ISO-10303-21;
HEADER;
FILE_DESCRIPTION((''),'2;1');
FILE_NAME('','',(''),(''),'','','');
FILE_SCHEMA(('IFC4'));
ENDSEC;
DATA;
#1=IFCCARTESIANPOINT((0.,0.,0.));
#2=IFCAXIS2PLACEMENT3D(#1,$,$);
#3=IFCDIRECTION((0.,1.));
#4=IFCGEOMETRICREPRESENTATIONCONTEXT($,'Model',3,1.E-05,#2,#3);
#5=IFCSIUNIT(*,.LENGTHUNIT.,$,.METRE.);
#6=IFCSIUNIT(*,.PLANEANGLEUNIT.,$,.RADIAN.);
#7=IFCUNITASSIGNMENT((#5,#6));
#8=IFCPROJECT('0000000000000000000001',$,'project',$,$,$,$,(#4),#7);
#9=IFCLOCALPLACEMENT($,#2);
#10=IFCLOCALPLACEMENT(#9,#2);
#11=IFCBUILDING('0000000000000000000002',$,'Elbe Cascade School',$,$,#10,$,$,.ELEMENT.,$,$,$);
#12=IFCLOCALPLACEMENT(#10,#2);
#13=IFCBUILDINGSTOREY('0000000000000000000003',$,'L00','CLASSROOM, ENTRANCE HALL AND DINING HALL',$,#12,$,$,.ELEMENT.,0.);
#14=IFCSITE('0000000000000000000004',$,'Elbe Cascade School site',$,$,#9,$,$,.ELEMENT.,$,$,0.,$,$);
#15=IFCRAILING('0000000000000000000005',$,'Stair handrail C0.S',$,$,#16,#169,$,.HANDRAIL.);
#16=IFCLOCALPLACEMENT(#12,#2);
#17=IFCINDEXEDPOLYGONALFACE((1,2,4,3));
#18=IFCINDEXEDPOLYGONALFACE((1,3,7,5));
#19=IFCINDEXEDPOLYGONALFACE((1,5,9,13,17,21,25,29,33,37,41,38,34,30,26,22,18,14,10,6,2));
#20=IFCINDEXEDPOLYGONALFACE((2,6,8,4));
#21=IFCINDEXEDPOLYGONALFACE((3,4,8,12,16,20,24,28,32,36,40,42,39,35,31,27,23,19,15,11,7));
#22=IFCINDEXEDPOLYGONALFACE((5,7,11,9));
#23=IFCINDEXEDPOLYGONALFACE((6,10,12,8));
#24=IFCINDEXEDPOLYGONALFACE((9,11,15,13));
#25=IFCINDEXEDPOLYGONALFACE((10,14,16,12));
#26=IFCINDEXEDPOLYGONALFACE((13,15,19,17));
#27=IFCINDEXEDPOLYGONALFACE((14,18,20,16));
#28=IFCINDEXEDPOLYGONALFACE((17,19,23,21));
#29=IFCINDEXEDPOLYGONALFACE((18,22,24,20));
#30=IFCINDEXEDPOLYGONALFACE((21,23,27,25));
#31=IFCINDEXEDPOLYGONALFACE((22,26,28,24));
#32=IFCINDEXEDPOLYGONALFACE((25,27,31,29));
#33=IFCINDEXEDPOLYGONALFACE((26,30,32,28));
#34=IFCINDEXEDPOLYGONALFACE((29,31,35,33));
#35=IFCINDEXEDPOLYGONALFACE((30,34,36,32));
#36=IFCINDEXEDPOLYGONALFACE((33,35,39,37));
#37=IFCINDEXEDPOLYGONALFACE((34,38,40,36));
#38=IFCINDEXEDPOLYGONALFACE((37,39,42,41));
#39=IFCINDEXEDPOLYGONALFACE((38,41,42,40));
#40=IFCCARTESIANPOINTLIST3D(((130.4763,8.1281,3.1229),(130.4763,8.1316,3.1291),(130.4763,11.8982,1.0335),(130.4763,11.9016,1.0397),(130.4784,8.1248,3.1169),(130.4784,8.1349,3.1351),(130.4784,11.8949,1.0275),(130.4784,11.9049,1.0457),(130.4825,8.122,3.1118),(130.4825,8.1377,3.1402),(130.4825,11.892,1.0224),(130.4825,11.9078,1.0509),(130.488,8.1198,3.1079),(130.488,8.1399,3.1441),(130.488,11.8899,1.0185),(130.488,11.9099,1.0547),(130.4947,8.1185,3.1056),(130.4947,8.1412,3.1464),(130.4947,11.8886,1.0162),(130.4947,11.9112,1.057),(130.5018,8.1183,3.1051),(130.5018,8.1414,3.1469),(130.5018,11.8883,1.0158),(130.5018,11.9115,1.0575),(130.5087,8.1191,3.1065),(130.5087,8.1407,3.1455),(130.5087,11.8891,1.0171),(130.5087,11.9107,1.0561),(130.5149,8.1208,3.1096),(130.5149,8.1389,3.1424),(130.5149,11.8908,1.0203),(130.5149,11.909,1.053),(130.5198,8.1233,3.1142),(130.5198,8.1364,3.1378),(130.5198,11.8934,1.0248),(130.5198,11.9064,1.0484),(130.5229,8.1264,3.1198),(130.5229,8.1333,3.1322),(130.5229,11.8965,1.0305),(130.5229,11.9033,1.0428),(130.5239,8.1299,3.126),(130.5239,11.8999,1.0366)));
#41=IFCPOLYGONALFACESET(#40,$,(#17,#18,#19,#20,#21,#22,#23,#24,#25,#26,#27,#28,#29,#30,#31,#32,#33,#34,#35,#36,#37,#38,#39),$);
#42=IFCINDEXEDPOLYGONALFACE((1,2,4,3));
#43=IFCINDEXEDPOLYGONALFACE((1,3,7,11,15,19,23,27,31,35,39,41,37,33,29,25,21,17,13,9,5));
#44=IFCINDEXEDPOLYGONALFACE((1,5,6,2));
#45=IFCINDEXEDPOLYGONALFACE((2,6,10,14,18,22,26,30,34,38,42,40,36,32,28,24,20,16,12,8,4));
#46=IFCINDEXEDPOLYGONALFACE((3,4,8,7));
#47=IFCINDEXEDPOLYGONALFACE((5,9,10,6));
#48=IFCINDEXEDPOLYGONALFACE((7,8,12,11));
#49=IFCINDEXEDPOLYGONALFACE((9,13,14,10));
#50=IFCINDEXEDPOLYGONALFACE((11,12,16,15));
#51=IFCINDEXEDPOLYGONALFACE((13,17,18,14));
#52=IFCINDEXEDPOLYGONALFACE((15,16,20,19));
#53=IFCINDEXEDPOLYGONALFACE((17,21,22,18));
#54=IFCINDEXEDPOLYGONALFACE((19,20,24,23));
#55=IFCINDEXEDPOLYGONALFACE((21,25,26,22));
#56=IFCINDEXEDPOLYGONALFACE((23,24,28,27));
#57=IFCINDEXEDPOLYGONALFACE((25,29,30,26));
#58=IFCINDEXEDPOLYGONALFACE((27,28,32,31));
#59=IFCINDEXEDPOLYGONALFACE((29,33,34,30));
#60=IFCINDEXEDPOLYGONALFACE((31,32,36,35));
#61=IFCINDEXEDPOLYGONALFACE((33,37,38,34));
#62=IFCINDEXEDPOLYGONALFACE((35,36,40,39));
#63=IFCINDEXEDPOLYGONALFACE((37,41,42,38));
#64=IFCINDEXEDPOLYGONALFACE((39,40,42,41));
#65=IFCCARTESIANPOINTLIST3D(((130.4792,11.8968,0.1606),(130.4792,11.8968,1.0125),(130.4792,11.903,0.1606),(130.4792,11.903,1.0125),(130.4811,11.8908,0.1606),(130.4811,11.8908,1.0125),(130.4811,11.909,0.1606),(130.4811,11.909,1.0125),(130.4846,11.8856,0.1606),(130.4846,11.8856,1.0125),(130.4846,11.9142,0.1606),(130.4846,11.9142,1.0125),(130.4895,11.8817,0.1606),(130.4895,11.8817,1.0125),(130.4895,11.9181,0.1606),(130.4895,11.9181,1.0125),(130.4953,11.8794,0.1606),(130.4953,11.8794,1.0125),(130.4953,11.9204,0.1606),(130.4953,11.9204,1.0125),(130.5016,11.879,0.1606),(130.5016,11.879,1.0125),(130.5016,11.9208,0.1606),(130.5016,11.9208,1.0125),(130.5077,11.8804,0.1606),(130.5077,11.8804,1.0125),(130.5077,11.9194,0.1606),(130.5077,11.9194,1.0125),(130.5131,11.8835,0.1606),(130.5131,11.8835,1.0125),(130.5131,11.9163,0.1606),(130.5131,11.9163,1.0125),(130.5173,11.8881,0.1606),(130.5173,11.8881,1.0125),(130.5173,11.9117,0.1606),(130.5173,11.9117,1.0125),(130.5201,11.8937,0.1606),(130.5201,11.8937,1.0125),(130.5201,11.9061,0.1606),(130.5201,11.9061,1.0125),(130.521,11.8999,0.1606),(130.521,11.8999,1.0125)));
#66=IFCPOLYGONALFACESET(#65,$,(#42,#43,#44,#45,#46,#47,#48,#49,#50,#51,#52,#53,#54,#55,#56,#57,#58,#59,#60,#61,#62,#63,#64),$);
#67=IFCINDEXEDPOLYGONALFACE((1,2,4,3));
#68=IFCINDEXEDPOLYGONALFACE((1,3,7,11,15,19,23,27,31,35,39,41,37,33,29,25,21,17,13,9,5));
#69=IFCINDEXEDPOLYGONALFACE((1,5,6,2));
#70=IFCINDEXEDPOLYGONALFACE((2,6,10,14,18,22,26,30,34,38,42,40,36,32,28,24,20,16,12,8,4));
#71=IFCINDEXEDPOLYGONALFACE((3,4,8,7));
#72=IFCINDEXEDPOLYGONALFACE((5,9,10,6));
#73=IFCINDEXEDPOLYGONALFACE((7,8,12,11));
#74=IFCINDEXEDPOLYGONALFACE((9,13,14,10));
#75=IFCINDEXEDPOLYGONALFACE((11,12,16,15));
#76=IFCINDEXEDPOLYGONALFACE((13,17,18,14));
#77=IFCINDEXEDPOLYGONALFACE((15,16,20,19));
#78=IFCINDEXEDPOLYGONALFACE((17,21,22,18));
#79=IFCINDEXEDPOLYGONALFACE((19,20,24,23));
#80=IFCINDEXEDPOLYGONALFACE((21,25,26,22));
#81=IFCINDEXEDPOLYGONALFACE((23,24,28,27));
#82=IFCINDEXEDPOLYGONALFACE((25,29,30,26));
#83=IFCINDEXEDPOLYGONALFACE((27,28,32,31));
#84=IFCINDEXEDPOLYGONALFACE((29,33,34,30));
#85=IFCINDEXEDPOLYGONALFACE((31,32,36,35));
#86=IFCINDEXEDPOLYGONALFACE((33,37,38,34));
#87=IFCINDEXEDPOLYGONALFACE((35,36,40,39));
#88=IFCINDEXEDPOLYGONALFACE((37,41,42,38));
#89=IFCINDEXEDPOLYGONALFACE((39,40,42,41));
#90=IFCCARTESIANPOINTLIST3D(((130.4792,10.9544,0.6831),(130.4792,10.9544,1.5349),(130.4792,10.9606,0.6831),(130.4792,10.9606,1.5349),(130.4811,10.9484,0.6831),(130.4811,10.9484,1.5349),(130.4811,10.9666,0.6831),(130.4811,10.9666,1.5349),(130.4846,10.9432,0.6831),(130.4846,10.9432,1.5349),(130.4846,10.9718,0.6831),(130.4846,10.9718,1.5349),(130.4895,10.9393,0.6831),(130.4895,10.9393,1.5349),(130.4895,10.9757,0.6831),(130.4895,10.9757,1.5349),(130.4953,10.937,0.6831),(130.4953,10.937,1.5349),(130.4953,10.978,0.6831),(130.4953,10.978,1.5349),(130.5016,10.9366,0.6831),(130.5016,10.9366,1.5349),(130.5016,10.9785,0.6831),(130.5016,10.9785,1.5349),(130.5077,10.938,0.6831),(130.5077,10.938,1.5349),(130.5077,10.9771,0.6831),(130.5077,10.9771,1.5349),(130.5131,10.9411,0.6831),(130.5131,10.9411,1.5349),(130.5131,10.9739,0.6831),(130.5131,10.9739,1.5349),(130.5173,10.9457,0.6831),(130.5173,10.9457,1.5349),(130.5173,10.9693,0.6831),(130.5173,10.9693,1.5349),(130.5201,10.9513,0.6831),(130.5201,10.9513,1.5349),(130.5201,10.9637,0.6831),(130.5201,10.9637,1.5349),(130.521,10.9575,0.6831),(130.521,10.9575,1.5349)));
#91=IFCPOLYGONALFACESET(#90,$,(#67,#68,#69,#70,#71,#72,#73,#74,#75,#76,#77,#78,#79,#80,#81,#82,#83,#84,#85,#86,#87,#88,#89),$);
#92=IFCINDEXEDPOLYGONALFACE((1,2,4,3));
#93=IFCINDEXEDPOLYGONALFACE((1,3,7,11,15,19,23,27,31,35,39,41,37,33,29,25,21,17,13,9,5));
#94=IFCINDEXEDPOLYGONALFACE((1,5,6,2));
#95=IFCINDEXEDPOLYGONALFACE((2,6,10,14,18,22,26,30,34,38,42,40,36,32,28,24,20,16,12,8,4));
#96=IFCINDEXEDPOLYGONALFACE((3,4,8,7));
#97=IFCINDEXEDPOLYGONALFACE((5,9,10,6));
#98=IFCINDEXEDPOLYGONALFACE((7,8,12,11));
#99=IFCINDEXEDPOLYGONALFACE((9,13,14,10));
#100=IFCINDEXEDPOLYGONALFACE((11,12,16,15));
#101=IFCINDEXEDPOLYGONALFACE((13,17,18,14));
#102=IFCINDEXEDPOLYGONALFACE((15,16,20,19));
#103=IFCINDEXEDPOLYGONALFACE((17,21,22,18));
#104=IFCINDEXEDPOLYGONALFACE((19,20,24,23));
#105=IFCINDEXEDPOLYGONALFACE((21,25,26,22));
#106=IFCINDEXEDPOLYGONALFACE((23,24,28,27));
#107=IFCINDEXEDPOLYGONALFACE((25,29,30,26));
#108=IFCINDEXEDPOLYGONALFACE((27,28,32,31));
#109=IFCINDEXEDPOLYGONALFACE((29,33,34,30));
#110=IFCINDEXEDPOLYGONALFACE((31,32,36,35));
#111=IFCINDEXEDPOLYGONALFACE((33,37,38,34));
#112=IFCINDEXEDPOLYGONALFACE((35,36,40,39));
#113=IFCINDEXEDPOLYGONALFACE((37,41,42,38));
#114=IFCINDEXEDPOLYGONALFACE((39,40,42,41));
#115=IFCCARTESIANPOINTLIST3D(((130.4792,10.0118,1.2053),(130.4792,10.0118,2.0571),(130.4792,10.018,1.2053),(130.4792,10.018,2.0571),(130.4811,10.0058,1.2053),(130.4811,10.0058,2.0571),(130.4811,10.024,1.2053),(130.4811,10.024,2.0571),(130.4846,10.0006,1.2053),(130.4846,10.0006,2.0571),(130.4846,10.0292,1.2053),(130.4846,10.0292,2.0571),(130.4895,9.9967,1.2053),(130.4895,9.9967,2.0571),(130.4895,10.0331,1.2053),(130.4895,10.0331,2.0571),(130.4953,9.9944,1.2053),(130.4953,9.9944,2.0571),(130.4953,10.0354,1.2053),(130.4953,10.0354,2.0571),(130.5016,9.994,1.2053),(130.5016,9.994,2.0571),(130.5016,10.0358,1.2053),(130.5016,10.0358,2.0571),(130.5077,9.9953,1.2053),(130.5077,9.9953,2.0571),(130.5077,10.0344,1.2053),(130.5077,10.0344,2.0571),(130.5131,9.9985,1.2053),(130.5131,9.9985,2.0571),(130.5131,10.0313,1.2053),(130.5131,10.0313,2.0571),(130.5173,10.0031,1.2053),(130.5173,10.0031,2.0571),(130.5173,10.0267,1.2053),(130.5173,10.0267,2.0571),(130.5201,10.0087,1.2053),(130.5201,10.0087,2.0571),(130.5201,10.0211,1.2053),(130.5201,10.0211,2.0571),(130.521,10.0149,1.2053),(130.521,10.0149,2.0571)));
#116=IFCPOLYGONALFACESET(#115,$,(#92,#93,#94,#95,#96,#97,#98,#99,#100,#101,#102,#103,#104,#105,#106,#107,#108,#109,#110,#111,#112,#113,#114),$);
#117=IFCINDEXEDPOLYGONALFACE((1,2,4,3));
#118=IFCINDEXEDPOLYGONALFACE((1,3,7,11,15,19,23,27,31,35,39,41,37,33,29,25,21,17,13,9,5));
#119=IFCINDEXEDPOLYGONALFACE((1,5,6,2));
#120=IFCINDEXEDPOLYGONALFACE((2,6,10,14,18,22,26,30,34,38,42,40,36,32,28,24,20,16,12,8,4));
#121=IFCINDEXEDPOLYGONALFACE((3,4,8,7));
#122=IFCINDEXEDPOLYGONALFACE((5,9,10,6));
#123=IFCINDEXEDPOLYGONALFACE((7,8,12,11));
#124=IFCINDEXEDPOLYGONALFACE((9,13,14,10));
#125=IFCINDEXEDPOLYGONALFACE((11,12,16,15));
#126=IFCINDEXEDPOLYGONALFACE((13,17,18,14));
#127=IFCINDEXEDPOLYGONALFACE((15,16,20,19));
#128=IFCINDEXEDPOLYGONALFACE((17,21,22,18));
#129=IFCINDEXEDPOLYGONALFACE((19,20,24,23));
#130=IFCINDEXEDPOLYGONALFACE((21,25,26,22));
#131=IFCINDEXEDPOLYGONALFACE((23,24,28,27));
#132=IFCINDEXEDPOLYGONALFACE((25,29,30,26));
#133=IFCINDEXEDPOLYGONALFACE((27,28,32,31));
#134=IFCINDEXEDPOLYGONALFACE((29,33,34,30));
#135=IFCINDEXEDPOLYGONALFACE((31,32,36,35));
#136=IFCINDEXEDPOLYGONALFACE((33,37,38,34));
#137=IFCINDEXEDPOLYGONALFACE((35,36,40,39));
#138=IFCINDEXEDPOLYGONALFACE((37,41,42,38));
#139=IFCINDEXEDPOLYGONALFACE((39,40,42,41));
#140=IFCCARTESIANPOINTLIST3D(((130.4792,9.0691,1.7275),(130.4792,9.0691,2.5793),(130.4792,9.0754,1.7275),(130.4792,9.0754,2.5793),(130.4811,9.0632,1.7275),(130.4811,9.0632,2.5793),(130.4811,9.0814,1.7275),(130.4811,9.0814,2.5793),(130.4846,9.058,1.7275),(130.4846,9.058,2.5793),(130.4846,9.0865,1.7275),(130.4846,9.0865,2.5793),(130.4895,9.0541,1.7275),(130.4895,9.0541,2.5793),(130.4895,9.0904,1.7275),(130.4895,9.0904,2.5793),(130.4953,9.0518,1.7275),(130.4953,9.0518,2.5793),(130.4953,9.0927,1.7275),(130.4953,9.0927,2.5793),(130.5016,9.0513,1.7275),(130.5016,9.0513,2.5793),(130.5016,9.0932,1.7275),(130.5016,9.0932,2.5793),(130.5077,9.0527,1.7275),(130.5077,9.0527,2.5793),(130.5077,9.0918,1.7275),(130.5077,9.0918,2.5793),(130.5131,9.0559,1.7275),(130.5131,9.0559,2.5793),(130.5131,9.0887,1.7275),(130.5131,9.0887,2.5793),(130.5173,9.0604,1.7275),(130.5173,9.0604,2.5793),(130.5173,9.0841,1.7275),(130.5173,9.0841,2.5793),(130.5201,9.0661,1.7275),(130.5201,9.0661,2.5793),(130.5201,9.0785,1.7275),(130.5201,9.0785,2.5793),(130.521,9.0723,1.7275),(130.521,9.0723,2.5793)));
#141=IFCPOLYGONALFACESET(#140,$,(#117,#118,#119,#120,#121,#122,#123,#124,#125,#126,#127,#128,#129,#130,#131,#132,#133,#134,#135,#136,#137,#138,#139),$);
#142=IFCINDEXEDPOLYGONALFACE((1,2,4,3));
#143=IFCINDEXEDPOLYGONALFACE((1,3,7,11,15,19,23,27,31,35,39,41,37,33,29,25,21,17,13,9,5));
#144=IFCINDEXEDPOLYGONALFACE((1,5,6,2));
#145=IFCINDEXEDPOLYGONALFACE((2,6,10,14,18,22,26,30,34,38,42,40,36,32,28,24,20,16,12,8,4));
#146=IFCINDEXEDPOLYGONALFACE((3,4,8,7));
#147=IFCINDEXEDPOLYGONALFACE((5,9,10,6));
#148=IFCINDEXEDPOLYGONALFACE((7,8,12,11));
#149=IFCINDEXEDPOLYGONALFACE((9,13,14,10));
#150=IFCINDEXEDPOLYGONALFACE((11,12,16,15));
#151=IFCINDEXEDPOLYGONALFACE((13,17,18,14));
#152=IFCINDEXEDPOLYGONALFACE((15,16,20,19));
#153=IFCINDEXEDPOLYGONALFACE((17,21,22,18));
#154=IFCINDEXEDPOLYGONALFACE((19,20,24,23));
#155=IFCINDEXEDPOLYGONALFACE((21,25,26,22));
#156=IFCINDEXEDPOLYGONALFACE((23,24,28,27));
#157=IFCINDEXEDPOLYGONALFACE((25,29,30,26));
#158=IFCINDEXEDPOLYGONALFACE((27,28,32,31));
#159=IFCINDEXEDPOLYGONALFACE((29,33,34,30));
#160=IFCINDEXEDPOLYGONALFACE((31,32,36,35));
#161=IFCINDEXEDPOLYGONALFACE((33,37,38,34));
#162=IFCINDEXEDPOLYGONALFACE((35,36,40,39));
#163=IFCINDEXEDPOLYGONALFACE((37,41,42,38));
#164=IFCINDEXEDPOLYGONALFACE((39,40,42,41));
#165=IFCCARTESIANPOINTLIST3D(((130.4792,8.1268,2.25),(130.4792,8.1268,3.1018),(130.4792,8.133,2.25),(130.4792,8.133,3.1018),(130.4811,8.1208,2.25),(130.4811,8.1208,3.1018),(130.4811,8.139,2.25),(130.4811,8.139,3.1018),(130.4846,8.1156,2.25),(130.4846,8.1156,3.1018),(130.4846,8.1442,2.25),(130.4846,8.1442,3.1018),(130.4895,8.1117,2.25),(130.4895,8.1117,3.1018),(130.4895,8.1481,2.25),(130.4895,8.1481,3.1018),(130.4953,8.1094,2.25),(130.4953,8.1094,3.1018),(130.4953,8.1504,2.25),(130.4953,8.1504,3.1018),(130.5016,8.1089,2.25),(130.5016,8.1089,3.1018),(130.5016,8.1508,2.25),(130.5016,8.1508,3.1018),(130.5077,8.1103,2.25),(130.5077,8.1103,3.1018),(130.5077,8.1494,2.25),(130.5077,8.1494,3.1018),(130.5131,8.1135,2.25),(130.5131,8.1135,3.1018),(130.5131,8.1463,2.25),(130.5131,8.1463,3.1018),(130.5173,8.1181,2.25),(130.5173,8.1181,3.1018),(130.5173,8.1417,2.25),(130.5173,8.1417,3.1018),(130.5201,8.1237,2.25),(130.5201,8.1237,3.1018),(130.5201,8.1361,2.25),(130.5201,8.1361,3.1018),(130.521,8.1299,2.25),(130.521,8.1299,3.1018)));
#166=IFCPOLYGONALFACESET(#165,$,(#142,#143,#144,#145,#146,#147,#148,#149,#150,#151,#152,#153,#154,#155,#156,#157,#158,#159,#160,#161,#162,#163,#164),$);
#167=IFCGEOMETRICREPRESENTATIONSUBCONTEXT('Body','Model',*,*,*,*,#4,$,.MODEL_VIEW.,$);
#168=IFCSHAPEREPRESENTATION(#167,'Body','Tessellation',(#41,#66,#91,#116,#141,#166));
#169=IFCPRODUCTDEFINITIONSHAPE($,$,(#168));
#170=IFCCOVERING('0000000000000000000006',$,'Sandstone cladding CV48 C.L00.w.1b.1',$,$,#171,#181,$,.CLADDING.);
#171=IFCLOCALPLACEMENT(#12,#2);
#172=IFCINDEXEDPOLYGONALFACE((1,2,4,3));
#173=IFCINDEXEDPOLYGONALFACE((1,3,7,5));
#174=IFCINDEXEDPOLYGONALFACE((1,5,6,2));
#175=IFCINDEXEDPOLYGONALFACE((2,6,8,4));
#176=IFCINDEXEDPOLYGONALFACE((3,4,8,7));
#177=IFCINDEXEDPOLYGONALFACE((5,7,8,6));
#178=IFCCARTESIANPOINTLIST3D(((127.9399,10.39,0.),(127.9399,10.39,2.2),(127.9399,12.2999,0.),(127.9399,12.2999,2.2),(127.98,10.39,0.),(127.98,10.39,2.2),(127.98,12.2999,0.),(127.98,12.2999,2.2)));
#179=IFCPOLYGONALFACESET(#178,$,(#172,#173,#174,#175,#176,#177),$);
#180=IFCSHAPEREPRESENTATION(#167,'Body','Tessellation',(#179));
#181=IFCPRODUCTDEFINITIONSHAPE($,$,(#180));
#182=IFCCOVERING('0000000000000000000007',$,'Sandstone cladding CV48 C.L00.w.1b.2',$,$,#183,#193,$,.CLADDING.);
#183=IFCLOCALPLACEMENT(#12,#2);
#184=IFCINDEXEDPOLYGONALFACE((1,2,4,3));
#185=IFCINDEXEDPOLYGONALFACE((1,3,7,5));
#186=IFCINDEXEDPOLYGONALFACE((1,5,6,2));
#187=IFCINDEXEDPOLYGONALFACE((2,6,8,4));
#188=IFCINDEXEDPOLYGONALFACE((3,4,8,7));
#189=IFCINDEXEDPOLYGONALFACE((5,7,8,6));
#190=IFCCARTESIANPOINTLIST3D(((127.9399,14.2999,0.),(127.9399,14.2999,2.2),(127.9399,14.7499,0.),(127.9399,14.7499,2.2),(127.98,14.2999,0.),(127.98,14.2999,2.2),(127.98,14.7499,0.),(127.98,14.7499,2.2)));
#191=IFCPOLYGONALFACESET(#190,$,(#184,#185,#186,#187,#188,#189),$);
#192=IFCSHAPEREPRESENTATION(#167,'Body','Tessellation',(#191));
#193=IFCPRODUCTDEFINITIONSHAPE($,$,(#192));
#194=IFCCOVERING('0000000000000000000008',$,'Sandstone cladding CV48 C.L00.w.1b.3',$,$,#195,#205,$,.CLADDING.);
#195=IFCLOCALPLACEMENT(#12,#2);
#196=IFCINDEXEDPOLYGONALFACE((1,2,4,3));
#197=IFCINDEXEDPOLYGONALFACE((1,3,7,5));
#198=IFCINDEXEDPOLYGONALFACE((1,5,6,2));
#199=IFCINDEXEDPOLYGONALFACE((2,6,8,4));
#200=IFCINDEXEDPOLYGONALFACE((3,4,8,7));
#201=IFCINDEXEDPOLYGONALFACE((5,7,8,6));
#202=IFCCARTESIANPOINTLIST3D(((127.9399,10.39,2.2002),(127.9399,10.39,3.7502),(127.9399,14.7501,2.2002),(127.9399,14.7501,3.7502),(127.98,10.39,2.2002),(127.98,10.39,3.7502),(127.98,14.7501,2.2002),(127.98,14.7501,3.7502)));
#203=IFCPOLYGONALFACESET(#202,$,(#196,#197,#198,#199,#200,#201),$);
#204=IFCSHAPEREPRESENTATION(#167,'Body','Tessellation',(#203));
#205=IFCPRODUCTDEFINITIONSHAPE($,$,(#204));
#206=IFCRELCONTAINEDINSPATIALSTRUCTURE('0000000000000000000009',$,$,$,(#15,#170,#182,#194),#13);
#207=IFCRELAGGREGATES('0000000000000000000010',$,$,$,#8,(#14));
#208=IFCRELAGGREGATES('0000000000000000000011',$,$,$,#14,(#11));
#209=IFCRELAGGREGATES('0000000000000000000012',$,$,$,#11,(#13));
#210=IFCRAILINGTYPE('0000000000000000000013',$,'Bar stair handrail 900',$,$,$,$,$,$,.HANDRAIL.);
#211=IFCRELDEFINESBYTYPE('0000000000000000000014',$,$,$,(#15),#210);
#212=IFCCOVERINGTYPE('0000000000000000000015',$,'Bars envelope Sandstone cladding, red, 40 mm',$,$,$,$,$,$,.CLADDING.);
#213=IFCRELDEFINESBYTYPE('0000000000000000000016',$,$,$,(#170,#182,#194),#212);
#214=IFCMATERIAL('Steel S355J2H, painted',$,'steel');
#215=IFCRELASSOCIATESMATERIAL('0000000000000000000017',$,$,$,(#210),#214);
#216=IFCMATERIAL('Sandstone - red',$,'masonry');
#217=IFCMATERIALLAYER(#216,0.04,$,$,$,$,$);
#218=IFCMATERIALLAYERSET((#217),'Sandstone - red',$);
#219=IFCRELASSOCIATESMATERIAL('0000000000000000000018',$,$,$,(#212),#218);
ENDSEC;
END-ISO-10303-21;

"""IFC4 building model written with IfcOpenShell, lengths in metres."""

from ifc_helpers import new_model, si_unit, direction, frame, origin, origin_2d, place, context, subcontext, project, spatial, rectangle, circle, extrude, material, layer, layer_set, type_object, element, save


model = new_model("IFC4")

# Units and contexts
model_context = context("Model", 3, precision=1e-05, world=origin(), true_north=direction((0.0, 1.0)))
body_context = subcontext(model_context, "Body", "Model", "MODEL_VIEW")
ifc_project = project(units=[si_unit("LENGTHUNIT", "METRE"), si_unit("PLANEANGLEUNIT", "RADIAN")], contexts=[model_context])

# Site, building, storey
site_placement = place(None, origin())
site = spatial("IfcSite", under=ifc_project, at=site_placement, Name="Elbe Cascade School site", CompositionType="ELEMENT", RefElevation=0.0)
building_placement = place(site_placement, origin())
building = spatial("IfcBuilding", under=site, at=building_placement, Name="Elbe Cascade School", CompositionType="ELEMENT")
storey_placement = place(building_placement, origin())
storey = spatial("IfcBuildingStorey", under=building, at=storey_placement, Name="L00", Description="CLASSROOM, ENTRANCE HALL AND DINING HALL", CompositionType="ELEMENT", Elevation=0.0)

# Railing
ifc_material_1 = material(Name="Steel S355J2H, painted", Category="steel")
railing_type = type_object("IfcRailingType", Name="Bar stair handrail 900", PredefinedType="HANDRAIL", material=ifc_material_1)
railing_placement = place(storey_placement, frame((130.5, 11.8999, 0.1606)))
element("IfcRailing", 1, at=railing_placement, inside=storey, type_object=railing_type, Name="Stair handrail C0.S", PredefinedType="HANDRAIL", context=body_context, shape_type="SweptSolid", body=[
    extrude(circle(Radius=0.0239, at=origin_2d()), frame((0.0, 0.0, 0.876), z_axis=(0.0, -0.874659, 0.484739), x_axis=(1.0, 0.0, 0.0)), (0.0, 0.0, 1.0), 4.3103),
    extrude(circle(Radius=0.021, at=origin_2d()), origin(), (0.0, 0.0, 1.0), 0.8518),
    extrude(circle(Radius=0.021, at=origin_2d()), frame((0.0, -0.9424, 0.5225)), (0.0, 0.0, 1.0), 0.8518),
    extrude(circle(Radius=0.021, at=origin_2d()), frame((0.0, -1.885, 1.0447)), (0.0, 0.0, 1.0), 0.8518),
    extrude(circle(Radius=0.021, at=origin_2d()), frame((0.0, -2.8276, 1.5669)), (0.0, 0.0, 1.0), 0.8518),
    extrude(circle(Radius=0.021, at=origin_2d()), frame((0.0, -3.77, 2.0894)), (0.0, 0.0, 1.0), 0.8518),
])

# Coverings
ifc_material_2 = material(Name="Sandstone - red", Category="masonry")
ifc_layer_1 = layer(ifc_material_2, 0.04)
ifc_layer_set_1 = layer_set([ifc_layer_1], Name="Sandstone - red")
covering_type = type_object("IfcCoveringType", Name="Bars envelope Sandstone cladding, red, 40 mm", PredefinedType="CLADDING", material=ifc_layer_set_1)
covering_1_placement = place(storey_placement, frame((127.96, 11.345, 0.0), z_axis=(0.0, 0.0, 1.0), x_axis=(0.0, 1.0, 0.0)))
element("IfcCovering", 2, at=covering_1_placement, inside=storey, type_object=covering_type, Name="Sandstone cladding CV48 C.L00.w.1b.1", PredefinedType="CLADDING", context=body_context, shape_type="SweptSolid", body=[
    extrude(rectangle(XDim=1.9099, YDim=0.04, at=origin_2d()), origin(), (0.0, 0.0, 1.0), 2.2),
])
covering_2_placement = place(storey_placement, frame((127.96, 14.5249, 0.0), z_axis=(0.0, 0.0, 1.0), x_axis=(0.0, 1.0, 0.0)))
element("IfcCovering", 3, at=covering_2_placement, inside=storey, type_object=covering_type, Name="Sandstone cladding CV48 C.L00.w.1b.2", PredefinedType="CLADDING", context=body_context, shape_type="SweptSolid", body=[
    extrude(rectangle(XDim=0.45, YDim=0.04, at=origin_2d()), origin(), (0.0, 0.0, 1.0), 2.2),
])
covering_3_placement = place(storey_placement, frame((127.96, 12.5701, 2.2002), z_axis=(0.0, 0.0, 1.0), x_axis=(0.0, 1.0, 0.0)))
element("IfcCovering", 4, at=covering_3_placement, inside=storey, type_object=covering_type, Name="Sandstone cladding CV48 C.L00.w.1b.3", PredefinedType="CLADDING", context=body_context, shape_type="SweptSolid", body=[
    extrude(rectangle(XDim=4.3601, YDim=0.04, at=origin_2d()), origin(), (0.0, 0.0, 1.0), 1.55),
])

save(model, "model.ifc")
